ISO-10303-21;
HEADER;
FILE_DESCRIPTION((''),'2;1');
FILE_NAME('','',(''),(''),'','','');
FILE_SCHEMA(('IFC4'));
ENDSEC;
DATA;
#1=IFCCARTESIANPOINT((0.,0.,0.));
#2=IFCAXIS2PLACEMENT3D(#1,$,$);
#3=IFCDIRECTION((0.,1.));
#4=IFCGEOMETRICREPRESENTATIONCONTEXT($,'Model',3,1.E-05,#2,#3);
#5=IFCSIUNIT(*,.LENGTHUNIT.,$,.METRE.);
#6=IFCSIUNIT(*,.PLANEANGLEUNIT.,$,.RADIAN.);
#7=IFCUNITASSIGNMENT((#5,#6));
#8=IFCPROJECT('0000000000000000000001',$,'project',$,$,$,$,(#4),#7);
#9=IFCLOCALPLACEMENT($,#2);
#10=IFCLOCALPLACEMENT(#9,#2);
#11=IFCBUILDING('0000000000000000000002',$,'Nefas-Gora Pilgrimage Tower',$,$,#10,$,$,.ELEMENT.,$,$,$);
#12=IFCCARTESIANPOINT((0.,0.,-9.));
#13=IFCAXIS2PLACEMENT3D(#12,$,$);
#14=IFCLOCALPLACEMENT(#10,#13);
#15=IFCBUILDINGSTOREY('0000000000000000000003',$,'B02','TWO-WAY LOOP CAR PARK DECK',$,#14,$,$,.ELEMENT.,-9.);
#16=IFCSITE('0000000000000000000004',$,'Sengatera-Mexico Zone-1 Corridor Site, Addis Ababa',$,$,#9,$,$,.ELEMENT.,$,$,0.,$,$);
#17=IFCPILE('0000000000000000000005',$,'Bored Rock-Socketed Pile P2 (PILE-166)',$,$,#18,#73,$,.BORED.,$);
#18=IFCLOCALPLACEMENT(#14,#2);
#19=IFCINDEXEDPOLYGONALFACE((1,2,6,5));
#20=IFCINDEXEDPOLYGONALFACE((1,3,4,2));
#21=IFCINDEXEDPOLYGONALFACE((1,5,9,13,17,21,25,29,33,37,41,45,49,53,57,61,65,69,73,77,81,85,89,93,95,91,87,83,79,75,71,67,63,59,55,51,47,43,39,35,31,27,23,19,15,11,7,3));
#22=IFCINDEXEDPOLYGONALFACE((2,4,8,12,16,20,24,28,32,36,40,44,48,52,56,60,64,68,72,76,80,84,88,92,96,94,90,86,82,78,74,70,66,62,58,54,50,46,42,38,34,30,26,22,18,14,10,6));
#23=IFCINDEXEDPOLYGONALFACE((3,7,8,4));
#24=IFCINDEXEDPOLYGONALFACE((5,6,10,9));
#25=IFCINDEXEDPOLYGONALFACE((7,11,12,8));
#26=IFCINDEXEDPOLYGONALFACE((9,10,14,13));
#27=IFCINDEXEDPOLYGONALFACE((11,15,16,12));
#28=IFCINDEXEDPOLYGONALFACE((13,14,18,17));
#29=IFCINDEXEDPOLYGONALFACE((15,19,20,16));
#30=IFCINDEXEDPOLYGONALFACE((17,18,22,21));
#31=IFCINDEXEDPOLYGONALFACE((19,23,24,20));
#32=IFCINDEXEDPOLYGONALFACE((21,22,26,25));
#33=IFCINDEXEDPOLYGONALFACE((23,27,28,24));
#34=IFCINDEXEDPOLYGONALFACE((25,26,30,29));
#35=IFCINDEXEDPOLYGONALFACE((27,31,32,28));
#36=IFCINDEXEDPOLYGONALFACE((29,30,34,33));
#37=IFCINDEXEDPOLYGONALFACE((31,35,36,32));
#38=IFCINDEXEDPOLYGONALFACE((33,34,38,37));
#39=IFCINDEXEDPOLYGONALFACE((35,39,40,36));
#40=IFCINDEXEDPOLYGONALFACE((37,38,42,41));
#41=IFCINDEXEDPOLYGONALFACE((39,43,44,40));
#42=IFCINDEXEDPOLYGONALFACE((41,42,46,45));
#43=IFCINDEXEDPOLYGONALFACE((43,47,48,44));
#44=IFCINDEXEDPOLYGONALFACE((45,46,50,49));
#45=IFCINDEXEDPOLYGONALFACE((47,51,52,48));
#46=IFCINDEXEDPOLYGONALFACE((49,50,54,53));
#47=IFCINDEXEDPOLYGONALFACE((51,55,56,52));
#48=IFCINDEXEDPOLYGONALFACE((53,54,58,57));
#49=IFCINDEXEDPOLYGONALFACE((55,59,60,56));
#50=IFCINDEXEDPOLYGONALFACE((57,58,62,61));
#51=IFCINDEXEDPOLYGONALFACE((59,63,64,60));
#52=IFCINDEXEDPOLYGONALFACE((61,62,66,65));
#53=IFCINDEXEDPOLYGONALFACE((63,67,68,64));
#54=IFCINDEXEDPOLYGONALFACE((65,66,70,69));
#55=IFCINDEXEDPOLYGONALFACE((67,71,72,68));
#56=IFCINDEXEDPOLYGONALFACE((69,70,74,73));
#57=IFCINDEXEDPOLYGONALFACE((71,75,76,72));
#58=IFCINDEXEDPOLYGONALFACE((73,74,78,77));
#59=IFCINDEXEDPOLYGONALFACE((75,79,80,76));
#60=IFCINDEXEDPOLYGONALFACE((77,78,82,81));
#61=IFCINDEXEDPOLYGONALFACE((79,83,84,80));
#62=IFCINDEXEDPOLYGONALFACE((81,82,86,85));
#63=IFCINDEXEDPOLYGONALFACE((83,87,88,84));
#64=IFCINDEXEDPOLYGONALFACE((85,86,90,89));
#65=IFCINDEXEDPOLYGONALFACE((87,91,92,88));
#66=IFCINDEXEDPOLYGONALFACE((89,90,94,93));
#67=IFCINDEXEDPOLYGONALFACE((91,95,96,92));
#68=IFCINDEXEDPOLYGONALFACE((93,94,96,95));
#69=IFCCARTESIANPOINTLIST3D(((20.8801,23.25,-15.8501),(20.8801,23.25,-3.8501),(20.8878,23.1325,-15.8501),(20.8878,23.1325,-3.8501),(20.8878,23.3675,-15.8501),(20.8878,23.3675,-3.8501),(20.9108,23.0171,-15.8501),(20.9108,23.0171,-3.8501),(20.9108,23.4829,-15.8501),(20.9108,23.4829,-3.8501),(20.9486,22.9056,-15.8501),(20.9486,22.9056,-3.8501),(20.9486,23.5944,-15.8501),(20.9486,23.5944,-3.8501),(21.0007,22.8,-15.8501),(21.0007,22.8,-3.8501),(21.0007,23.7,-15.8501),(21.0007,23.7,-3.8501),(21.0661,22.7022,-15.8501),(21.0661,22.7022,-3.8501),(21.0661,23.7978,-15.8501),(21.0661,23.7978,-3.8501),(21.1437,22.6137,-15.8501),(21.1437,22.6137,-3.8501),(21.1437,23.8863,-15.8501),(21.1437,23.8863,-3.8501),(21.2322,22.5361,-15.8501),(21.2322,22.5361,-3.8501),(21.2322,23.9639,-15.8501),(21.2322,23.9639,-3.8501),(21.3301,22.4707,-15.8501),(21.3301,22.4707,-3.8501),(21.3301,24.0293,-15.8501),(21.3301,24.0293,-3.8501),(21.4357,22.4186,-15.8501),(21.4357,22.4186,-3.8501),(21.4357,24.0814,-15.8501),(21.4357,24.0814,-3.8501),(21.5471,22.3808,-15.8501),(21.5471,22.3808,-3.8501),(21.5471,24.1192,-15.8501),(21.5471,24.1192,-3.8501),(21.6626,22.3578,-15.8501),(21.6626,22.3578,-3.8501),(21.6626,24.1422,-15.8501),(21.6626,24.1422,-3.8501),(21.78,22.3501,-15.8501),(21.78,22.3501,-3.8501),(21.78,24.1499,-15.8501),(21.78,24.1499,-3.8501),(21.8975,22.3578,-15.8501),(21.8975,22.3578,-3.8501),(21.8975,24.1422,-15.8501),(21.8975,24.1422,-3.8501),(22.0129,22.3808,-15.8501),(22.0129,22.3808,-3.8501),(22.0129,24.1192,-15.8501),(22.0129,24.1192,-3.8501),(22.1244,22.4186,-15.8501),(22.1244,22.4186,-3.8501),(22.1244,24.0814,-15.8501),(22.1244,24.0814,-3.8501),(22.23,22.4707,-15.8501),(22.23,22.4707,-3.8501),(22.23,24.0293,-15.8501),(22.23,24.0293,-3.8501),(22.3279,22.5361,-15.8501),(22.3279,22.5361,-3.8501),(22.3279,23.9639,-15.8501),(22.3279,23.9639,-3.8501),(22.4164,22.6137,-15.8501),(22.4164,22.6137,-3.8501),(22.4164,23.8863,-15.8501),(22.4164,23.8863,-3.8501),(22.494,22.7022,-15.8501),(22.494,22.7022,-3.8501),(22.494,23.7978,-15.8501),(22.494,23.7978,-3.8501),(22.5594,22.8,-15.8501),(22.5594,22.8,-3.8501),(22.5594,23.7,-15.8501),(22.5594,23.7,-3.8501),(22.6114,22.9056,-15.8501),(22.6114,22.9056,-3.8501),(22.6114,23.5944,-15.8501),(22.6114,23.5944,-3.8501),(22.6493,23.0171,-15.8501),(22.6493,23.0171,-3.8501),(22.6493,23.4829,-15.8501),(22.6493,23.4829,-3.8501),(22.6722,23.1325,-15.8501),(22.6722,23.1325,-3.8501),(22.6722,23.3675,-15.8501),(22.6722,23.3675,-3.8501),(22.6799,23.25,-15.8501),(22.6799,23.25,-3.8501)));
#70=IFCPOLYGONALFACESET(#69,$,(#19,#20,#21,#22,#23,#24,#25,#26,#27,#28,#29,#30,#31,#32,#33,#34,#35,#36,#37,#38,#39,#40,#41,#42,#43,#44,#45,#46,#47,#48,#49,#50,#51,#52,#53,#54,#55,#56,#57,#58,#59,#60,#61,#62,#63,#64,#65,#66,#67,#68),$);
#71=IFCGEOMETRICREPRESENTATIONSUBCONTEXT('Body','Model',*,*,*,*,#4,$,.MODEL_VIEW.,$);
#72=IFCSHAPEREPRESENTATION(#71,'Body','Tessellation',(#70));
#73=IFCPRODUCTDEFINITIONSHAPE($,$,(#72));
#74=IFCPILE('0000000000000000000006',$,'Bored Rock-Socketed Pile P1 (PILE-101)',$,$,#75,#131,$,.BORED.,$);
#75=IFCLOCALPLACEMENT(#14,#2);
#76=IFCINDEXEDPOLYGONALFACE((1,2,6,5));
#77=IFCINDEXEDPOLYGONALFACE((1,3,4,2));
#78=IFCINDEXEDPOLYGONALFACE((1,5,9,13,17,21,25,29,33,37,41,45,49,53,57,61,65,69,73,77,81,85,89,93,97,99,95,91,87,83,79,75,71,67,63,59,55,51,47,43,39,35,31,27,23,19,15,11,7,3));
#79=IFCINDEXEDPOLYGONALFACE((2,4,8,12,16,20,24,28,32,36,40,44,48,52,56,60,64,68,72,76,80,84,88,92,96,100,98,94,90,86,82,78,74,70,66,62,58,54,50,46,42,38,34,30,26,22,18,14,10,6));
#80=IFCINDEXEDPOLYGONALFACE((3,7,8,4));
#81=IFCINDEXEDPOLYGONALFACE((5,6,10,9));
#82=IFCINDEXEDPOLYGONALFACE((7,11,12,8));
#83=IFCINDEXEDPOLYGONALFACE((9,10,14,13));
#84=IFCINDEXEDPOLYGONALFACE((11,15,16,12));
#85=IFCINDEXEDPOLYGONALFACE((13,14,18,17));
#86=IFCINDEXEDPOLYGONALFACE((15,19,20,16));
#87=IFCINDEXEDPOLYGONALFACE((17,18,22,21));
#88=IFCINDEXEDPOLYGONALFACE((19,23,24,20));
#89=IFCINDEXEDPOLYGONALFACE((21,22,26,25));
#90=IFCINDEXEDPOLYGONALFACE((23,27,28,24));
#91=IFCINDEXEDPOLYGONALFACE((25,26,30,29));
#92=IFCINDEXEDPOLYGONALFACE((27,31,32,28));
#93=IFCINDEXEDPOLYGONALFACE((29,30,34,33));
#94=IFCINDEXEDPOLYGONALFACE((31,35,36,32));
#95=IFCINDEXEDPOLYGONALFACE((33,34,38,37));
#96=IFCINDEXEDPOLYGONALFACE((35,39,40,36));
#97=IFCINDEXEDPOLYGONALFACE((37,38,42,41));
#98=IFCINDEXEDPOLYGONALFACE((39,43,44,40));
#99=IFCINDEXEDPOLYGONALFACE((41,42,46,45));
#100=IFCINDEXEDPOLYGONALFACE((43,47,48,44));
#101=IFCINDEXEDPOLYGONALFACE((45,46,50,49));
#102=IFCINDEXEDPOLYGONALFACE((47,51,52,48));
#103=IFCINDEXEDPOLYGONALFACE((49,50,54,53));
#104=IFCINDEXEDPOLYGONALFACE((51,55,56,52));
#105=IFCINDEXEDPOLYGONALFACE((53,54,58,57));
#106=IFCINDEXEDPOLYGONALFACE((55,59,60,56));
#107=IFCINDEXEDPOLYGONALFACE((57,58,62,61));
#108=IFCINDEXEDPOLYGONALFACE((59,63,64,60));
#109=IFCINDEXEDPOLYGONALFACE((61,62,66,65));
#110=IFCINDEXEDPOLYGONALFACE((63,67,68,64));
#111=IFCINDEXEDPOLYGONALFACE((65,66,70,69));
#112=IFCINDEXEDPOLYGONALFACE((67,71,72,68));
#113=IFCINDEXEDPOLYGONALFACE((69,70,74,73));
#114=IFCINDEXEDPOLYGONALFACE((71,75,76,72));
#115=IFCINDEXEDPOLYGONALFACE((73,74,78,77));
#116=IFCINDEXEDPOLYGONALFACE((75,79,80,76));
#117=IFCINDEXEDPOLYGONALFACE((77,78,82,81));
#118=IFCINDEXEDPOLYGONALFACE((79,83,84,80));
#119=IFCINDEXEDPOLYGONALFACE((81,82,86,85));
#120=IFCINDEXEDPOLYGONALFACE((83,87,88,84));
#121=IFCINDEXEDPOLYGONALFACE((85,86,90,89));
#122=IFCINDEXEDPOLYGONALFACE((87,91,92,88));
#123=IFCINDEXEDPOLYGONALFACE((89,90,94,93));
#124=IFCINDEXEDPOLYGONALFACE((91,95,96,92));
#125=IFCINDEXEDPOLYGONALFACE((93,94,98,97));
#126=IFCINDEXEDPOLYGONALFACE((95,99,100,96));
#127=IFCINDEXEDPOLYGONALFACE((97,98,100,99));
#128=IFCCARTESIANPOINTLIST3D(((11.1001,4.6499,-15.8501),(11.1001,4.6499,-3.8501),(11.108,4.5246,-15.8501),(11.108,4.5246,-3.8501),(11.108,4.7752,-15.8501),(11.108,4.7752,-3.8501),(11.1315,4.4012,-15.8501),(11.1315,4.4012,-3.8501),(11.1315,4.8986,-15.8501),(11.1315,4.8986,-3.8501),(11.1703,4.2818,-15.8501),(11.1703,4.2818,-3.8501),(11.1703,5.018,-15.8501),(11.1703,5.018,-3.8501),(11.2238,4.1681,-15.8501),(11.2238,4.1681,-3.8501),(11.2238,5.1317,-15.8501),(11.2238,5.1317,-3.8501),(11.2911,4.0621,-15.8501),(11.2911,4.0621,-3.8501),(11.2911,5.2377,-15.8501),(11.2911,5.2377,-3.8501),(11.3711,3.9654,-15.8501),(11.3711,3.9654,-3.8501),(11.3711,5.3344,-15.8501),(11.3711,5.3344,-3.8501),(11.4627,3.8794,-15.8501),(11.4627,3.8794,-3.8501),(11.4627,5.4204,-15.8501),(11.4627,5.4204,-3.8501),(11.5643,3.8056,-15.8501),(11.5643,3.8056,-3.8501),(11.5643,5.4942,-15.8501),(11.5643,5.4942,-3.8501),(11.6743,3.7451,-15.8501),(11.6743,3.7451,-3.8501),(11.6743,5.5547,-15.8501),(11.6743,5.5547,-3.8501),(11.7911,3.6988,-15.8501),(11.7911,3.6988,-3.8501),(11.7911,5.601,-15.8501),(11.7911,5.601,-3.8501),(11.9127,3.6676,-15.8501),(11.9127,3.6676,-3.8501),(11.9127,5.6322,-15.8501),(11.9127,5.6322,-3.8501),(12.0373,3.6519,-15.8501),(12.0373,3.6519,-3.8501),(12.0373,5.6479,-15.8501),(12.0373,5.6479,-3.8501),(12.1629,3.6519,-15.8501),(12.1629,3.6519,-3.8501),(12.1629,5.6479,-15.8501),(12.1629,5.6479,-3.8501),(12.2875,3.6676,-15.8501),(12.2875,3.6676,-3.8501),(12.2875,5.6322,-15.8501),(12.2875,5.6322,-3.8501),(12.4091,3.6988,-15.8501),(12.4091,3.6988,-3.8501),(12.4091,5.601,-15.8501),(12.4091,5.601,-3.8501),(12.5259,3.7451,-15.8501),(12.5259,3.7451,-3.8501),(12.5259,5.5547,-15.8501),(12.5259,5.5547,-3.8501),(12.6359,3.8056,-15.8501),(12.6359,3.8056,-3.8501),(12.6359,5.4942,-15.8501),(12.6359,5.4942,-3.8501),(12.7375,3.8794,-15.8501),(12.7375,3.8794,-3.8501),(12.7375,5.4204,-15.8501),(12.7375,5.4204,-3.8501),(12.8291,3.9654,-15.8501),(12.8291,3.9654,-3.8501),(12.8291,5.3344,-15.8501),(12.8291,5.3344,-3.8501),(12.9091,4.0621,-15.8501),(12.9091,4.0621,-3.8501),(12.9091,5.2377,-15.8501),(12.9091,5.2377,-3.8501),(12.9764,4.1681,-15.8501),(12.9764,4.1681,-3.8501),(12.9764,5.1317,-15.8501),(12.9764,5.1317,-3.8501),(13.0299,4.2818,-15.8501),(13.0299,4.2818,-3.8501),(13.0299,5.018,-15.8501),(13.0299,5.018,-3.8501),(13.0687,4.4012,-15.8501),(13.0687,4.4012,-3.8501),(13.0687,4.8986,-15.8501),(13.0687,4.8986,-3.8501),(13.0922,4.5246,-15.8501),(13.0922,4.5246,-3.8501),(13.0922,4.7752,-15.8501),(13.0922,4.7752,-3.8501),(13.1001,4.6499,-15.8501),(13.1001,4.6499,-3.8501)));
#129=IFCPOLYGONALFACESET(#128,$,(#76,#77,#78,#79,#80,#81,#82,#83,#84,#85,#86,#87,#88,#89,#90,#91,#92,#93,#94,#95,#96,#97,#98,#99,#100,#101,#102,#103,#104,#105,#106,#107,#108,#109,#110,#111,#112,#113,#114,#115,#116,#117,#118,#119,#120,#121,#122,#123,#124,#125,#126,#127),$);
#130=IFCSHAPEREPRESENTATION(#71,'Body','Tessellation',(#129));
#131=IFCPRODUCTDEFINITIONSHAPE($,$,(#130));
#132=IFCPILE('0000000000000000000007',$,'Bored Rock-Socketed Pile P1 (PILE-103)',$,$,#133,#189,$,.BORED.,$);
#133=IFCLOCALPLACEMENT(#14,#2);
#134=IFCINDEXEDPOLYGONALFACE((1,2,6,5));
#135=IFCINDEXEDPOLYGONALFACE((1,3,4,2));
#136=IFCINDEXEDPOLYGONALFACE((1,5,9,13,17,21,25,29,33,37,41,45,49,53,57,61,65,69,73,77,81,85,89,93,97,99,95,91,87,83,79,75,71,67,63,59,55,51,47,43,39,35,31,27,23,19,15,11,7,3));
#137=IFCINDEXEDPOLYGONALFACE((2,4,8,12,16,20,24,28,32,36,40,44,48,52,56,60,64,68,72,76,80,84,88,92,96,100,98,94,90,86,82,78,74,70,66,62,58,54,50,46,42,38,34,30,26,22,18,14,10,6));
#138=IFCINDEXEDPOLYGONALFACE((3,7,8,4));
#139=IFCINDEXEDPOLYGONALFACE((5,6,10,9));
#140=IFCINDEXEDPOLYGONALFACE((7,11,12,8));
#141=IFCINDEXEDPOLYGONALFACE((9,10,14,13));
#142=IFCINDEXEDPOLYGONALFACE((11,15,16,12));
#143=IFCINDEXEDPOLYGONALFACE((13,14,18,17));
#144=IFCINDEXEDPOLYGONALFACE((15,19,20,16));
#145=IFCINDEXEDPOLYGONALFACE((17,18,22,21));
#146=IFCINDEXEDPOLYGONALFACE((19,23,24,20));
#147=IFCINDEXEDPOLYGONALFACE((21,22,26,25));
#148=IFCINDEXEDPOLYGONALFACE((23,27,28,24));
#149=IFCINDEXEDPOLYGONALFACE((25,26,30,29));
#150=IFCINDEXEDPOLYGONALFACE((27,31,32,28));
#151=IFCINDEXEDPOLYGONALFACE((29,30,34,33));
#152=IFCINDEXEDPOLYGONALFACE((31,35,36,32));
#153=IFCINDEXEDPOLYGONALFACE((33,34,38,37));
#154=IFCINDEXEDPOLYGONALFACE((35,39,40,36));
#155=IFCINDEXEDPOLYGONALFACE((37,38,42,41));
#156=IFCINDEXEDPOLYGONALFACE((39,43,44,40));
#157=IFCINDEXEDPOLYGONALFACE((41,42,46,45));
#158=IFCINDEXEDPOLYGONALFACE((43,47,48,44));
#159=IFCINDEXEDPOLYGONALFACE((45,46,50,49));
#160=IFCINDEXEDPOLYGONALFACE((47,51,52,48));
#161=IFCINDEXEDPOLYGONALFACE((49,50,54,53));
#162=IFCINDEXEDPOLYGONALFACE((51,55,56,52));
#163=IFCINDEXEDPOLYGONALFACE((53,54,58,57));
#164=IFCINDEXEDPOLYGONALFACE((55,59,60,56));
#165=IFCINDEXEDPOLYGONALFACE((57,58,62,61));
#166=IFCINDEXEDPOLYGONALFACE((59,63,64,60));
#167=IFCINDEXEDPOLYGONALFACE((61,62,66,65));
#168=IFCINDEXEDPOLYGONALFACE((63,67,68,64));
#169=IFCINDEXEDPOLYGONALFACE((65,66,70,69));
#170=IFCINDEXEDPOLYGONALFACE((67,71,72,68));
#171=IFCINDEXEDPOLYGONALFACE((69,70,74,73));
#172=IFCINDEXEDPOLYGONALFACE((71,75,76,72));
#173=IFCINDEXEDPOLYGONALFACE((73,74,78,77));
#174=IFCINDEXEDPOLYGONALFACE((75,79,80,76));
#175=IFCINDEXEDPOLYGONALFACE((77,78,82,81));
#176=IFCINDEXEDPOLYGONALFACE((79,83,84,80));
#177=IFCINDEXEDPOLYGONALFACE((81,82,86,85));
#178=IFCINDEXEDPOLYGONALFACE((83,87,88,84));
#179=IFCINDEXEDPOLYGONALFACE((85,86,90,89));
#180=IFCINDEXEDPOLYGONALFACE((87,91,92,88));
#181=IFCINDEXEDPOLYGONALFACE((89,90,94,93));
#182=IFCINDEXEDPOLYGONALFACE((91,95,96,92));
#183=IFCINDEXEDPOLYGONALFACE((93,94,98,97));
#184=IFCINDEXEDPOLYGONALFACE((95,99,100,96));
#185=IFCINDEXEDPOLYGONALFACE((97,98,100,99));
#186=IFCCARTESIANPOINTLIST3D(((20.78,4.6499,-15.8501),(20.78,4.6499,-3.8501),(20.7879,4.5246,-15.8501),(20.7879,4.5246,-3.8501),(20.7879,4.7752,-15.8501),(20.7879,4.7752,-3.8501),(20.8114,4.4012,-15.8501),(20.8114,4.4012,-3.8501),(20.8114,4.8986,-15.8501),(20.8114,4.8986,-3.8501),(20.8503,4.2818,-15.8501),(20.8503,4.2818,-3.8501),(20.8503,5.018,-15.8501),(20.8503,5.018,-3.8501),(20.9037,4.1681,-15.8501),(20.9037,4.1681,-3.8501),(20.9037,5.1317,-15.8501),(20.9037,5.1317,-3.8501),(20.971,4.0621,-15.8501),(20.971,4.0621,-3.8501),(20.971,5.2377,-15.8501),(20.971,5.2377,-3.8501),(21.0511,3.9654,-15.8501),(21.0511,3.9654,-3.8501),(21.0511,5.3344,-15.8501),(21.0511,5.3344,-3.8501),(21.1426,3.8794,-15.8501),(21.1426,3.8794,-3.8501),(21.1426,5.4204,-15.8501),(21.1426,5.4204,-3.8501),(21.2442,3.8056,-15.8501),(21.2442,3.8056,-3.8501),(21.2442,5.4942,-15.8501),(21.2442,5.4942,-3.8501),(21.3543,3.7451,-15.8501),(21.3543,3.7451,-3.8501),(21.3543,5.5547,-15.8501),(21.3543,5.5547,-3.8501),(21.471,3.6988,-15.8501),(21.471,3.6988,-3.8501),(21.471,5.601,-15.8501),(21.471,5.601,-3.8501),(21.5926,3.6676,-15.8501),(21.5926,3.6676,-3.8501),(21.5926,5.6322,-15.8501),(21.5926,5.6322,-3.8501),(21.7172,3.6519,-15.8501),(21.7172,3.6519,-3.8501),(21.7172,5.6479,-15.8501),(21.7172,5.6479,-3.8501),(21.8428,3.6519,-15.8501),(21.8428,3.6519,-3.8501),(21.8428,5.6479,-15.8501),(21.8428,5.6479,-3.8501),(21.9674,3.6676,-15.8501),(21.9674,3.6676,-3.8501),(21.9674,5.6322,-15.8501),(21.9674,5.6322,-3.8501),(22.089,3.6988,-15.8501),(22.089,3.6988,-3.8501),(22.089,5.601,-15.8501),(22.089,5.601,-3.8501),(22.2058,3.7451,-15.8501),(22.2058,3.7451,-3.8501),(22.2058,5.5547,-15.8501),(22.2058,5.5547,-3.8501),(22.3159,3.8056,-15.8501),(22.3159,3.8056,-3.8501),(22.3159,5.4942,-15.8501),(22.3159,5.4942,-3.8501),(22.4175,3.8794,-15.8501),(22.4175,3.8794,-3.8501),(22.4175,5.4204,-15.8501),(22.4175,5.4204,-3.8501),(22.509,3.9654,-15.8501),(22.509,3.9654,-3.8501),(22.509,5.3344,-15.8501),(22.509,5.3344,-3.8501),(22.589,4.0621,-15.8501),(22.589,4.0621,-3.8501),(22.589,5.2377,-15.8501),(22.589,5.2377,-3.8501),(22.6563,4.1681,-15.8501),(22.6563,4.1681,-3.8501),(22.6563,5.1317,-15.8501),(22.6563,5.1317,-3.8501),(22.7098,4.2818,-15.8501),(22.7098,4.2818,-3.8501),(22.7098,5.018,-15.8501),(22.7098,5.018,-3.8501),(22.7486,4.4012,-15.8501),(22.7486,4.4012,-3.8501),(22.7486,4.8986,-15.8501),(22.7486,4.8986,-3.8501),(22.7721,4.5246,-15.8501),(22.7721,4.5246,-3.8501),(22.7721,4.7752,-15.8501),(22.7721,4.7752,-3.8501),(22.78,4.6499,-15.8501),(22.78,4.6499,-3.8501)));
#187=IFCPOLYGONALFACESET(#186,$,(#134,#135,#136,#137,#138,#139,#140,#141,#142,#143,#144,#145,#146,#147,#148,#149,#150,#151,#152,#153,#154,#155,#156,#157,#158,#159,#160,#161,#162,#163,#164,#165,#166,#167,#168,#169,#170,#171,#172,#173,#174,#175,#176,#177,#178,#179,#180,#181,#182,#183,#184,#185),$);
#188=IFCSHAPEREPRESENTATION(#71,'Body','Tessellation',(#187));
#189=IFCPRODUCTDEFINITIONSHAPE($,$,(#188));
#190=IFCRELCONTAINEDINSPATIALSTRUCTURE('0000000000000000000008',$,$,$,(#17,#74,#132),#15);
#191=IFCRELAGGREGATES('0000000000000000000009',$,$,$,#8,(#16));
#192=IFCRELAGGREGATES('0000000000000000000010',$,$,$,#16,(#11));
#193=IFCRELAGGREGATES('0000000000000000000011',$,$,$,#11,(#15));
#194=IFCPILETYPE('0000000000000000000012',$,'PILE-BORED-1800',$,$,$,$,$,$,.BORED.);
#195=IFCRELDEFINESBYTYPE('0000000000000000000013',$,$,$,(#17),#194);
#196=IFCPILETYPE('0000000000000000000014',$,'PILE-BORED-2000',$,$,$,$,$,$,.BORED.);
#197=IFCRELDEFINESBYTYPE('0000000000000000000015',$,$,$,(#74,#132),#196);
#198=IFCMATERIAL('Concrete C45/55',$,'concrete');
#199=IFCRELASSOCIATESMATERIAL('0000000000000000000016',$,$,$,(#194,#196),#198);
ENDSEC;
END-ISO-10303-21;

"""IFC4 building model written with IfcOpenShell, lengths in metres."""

from ifc_helpers import new_model, si_unit, direction, frame, origin, origin_2d, place, context, subcontext, project, spatial, circle, extrude, source, transform, mapped, material, material_profile, profile_set, type_object, element, save


model = new_model("IFC4")

# Units and contexts
model_context = context("Model", 3, precision=1e-05, world=origin(), true_north=direction((0.0, 1.0)))
body_context = subcontext(model_context, "Body", "Model", "MODEL_VIEW")
ifc_project = project(units=[si_unit("LENGTHUNIT", "METRE"), si_unit("PLANEANGLEUNIT", "RADIAN")], contexts=[model_context])

# Site, building, storey
site_placement = place(None, origin())
site = spatial("IfcSite", under=ifc_project, at=site_placement, Name="Sengatera-Mexico Zone-1 Corridor Site, Addis Ababa", CompositionType="ELEMENT", RefElevation=0.0)
building_placement = place(site_placement, origin())
building = spatial("IfcBuilding", under=site, at=building_placement, Name="Nefas-Gora Pilgrimage Tower", CompositionType="ELEMENT")
storey_placement = place(building_placement, frame((0.0, 0.0, -9.0)))
storey = spatial("IfcBuildingStorey", under=building, at=storey_placement, Name="B02", Description="TWO-WAY LOOP CAR PARK DECK", CompositionType="ELEMENT", Elevation=-9.0)

# Piles
ifc_material_1 = material(Name="Concrete C45/55", Category="concrete")
ifc_material_profile_1 = material_profile(ifc_material_1, circle(Radius=0.8999, at=origin_2d()), Name="PILE D1800")
ifc_profile_set_1 = profile_set([ifc_material_profile_1], Name="Concrete C45/55")
pile_type_1 = type_object("IfcPileType", Name="PILE-BORED-1800", PredefinedType="BORED", material=ifc_profile_set_1)
shared_shape_1 = source(origin(), body_context, "Body", "SweptSolid", [
    extrude(circle(Radius=0.8999, at=origin_2d()), origin(), (0.0, 0.0, 1.0), 12.0),
])
for number, where, z_axis, x_axis, name in (
    (1, (21.78, 23.25, -3.8501), (0.0, 0.0, -1.0), (1.0, 0.0, 0.0), "Bored Rock-Socketed Pile P2 (PILE-166)"),
):
    element("IfcPile", number, at=place(storey_placement, frame(where, z_axis=z_axis, x_axis=x_axis)), inside=storey, type_object=pile_type_1, Name=name, PredefinedType="BORED", context=body_context, shape_type="MappedRepresentation", body=[
        mapped(shared_shape_1, transform((0.0, 0.0, 0.0), x_axis=(1.0, 0.0, 0.0), y_axis=(0.0, 1.0, 0.0), z_axis=(0.0, 0.0, 1.0), scale=1.0)),
    ])
ifc_material_profile_2 = material_profile(ifc_material_1, circle(Radius=1.0, at=origin_2d()), Name="PILE D2000")
ifc_profile_set_2 = profile_set([ifc_material_profile_2], Name="Concrete C45/55")
pile_type_2 = type_object("IfcPileType", Name="PILE-BORED-2000", PredefinedType="BORED", material=ifc_profile_set_2)
shared_shape_2 = source(origin(), body_context, "Body", "SweptSolid", [
    extrude(circle(Radius=1.0, at=origin_2d()), origin(), (0.0, 0.0, 1.0), 12.0),
])
for number, where, z_axis, x_axis, name in (
    (2, (12.1001, 4.6499, -3.8501), (0.0, 0.0, -1.0), (1.0, 0.0, 0.0), "Bored Rock-Socketed Pile P1 (PILE-101)"),
    (3, (21.78, 4.6499, -3.8501), (0.0, 0.0, -1.0), (1.0, 0.0, 0.0), "Bored Rock-Socketed Pile P1 (PILE-103)"),
):
    element("IfcPile", number, at=place(storey_placement, frame(where, z_axis=z_axis, x_axis=x_axis)), inside=storey, type_object=pile_type_2, Name=name, PredefinedType="BORED", context=body_context, shape_type="MappedRepresentation", body=[
        mapped(shared_shape_2, transform((0.0, 0.0, 0.0), x_axis=(1.0, 0.0, 0.0), y_axis=(0.0, 1.0, 0.0), z_axis=(0.0, 0.0, 1.0), scale=1.0)),
    ])

save(model, "model.ifc")
